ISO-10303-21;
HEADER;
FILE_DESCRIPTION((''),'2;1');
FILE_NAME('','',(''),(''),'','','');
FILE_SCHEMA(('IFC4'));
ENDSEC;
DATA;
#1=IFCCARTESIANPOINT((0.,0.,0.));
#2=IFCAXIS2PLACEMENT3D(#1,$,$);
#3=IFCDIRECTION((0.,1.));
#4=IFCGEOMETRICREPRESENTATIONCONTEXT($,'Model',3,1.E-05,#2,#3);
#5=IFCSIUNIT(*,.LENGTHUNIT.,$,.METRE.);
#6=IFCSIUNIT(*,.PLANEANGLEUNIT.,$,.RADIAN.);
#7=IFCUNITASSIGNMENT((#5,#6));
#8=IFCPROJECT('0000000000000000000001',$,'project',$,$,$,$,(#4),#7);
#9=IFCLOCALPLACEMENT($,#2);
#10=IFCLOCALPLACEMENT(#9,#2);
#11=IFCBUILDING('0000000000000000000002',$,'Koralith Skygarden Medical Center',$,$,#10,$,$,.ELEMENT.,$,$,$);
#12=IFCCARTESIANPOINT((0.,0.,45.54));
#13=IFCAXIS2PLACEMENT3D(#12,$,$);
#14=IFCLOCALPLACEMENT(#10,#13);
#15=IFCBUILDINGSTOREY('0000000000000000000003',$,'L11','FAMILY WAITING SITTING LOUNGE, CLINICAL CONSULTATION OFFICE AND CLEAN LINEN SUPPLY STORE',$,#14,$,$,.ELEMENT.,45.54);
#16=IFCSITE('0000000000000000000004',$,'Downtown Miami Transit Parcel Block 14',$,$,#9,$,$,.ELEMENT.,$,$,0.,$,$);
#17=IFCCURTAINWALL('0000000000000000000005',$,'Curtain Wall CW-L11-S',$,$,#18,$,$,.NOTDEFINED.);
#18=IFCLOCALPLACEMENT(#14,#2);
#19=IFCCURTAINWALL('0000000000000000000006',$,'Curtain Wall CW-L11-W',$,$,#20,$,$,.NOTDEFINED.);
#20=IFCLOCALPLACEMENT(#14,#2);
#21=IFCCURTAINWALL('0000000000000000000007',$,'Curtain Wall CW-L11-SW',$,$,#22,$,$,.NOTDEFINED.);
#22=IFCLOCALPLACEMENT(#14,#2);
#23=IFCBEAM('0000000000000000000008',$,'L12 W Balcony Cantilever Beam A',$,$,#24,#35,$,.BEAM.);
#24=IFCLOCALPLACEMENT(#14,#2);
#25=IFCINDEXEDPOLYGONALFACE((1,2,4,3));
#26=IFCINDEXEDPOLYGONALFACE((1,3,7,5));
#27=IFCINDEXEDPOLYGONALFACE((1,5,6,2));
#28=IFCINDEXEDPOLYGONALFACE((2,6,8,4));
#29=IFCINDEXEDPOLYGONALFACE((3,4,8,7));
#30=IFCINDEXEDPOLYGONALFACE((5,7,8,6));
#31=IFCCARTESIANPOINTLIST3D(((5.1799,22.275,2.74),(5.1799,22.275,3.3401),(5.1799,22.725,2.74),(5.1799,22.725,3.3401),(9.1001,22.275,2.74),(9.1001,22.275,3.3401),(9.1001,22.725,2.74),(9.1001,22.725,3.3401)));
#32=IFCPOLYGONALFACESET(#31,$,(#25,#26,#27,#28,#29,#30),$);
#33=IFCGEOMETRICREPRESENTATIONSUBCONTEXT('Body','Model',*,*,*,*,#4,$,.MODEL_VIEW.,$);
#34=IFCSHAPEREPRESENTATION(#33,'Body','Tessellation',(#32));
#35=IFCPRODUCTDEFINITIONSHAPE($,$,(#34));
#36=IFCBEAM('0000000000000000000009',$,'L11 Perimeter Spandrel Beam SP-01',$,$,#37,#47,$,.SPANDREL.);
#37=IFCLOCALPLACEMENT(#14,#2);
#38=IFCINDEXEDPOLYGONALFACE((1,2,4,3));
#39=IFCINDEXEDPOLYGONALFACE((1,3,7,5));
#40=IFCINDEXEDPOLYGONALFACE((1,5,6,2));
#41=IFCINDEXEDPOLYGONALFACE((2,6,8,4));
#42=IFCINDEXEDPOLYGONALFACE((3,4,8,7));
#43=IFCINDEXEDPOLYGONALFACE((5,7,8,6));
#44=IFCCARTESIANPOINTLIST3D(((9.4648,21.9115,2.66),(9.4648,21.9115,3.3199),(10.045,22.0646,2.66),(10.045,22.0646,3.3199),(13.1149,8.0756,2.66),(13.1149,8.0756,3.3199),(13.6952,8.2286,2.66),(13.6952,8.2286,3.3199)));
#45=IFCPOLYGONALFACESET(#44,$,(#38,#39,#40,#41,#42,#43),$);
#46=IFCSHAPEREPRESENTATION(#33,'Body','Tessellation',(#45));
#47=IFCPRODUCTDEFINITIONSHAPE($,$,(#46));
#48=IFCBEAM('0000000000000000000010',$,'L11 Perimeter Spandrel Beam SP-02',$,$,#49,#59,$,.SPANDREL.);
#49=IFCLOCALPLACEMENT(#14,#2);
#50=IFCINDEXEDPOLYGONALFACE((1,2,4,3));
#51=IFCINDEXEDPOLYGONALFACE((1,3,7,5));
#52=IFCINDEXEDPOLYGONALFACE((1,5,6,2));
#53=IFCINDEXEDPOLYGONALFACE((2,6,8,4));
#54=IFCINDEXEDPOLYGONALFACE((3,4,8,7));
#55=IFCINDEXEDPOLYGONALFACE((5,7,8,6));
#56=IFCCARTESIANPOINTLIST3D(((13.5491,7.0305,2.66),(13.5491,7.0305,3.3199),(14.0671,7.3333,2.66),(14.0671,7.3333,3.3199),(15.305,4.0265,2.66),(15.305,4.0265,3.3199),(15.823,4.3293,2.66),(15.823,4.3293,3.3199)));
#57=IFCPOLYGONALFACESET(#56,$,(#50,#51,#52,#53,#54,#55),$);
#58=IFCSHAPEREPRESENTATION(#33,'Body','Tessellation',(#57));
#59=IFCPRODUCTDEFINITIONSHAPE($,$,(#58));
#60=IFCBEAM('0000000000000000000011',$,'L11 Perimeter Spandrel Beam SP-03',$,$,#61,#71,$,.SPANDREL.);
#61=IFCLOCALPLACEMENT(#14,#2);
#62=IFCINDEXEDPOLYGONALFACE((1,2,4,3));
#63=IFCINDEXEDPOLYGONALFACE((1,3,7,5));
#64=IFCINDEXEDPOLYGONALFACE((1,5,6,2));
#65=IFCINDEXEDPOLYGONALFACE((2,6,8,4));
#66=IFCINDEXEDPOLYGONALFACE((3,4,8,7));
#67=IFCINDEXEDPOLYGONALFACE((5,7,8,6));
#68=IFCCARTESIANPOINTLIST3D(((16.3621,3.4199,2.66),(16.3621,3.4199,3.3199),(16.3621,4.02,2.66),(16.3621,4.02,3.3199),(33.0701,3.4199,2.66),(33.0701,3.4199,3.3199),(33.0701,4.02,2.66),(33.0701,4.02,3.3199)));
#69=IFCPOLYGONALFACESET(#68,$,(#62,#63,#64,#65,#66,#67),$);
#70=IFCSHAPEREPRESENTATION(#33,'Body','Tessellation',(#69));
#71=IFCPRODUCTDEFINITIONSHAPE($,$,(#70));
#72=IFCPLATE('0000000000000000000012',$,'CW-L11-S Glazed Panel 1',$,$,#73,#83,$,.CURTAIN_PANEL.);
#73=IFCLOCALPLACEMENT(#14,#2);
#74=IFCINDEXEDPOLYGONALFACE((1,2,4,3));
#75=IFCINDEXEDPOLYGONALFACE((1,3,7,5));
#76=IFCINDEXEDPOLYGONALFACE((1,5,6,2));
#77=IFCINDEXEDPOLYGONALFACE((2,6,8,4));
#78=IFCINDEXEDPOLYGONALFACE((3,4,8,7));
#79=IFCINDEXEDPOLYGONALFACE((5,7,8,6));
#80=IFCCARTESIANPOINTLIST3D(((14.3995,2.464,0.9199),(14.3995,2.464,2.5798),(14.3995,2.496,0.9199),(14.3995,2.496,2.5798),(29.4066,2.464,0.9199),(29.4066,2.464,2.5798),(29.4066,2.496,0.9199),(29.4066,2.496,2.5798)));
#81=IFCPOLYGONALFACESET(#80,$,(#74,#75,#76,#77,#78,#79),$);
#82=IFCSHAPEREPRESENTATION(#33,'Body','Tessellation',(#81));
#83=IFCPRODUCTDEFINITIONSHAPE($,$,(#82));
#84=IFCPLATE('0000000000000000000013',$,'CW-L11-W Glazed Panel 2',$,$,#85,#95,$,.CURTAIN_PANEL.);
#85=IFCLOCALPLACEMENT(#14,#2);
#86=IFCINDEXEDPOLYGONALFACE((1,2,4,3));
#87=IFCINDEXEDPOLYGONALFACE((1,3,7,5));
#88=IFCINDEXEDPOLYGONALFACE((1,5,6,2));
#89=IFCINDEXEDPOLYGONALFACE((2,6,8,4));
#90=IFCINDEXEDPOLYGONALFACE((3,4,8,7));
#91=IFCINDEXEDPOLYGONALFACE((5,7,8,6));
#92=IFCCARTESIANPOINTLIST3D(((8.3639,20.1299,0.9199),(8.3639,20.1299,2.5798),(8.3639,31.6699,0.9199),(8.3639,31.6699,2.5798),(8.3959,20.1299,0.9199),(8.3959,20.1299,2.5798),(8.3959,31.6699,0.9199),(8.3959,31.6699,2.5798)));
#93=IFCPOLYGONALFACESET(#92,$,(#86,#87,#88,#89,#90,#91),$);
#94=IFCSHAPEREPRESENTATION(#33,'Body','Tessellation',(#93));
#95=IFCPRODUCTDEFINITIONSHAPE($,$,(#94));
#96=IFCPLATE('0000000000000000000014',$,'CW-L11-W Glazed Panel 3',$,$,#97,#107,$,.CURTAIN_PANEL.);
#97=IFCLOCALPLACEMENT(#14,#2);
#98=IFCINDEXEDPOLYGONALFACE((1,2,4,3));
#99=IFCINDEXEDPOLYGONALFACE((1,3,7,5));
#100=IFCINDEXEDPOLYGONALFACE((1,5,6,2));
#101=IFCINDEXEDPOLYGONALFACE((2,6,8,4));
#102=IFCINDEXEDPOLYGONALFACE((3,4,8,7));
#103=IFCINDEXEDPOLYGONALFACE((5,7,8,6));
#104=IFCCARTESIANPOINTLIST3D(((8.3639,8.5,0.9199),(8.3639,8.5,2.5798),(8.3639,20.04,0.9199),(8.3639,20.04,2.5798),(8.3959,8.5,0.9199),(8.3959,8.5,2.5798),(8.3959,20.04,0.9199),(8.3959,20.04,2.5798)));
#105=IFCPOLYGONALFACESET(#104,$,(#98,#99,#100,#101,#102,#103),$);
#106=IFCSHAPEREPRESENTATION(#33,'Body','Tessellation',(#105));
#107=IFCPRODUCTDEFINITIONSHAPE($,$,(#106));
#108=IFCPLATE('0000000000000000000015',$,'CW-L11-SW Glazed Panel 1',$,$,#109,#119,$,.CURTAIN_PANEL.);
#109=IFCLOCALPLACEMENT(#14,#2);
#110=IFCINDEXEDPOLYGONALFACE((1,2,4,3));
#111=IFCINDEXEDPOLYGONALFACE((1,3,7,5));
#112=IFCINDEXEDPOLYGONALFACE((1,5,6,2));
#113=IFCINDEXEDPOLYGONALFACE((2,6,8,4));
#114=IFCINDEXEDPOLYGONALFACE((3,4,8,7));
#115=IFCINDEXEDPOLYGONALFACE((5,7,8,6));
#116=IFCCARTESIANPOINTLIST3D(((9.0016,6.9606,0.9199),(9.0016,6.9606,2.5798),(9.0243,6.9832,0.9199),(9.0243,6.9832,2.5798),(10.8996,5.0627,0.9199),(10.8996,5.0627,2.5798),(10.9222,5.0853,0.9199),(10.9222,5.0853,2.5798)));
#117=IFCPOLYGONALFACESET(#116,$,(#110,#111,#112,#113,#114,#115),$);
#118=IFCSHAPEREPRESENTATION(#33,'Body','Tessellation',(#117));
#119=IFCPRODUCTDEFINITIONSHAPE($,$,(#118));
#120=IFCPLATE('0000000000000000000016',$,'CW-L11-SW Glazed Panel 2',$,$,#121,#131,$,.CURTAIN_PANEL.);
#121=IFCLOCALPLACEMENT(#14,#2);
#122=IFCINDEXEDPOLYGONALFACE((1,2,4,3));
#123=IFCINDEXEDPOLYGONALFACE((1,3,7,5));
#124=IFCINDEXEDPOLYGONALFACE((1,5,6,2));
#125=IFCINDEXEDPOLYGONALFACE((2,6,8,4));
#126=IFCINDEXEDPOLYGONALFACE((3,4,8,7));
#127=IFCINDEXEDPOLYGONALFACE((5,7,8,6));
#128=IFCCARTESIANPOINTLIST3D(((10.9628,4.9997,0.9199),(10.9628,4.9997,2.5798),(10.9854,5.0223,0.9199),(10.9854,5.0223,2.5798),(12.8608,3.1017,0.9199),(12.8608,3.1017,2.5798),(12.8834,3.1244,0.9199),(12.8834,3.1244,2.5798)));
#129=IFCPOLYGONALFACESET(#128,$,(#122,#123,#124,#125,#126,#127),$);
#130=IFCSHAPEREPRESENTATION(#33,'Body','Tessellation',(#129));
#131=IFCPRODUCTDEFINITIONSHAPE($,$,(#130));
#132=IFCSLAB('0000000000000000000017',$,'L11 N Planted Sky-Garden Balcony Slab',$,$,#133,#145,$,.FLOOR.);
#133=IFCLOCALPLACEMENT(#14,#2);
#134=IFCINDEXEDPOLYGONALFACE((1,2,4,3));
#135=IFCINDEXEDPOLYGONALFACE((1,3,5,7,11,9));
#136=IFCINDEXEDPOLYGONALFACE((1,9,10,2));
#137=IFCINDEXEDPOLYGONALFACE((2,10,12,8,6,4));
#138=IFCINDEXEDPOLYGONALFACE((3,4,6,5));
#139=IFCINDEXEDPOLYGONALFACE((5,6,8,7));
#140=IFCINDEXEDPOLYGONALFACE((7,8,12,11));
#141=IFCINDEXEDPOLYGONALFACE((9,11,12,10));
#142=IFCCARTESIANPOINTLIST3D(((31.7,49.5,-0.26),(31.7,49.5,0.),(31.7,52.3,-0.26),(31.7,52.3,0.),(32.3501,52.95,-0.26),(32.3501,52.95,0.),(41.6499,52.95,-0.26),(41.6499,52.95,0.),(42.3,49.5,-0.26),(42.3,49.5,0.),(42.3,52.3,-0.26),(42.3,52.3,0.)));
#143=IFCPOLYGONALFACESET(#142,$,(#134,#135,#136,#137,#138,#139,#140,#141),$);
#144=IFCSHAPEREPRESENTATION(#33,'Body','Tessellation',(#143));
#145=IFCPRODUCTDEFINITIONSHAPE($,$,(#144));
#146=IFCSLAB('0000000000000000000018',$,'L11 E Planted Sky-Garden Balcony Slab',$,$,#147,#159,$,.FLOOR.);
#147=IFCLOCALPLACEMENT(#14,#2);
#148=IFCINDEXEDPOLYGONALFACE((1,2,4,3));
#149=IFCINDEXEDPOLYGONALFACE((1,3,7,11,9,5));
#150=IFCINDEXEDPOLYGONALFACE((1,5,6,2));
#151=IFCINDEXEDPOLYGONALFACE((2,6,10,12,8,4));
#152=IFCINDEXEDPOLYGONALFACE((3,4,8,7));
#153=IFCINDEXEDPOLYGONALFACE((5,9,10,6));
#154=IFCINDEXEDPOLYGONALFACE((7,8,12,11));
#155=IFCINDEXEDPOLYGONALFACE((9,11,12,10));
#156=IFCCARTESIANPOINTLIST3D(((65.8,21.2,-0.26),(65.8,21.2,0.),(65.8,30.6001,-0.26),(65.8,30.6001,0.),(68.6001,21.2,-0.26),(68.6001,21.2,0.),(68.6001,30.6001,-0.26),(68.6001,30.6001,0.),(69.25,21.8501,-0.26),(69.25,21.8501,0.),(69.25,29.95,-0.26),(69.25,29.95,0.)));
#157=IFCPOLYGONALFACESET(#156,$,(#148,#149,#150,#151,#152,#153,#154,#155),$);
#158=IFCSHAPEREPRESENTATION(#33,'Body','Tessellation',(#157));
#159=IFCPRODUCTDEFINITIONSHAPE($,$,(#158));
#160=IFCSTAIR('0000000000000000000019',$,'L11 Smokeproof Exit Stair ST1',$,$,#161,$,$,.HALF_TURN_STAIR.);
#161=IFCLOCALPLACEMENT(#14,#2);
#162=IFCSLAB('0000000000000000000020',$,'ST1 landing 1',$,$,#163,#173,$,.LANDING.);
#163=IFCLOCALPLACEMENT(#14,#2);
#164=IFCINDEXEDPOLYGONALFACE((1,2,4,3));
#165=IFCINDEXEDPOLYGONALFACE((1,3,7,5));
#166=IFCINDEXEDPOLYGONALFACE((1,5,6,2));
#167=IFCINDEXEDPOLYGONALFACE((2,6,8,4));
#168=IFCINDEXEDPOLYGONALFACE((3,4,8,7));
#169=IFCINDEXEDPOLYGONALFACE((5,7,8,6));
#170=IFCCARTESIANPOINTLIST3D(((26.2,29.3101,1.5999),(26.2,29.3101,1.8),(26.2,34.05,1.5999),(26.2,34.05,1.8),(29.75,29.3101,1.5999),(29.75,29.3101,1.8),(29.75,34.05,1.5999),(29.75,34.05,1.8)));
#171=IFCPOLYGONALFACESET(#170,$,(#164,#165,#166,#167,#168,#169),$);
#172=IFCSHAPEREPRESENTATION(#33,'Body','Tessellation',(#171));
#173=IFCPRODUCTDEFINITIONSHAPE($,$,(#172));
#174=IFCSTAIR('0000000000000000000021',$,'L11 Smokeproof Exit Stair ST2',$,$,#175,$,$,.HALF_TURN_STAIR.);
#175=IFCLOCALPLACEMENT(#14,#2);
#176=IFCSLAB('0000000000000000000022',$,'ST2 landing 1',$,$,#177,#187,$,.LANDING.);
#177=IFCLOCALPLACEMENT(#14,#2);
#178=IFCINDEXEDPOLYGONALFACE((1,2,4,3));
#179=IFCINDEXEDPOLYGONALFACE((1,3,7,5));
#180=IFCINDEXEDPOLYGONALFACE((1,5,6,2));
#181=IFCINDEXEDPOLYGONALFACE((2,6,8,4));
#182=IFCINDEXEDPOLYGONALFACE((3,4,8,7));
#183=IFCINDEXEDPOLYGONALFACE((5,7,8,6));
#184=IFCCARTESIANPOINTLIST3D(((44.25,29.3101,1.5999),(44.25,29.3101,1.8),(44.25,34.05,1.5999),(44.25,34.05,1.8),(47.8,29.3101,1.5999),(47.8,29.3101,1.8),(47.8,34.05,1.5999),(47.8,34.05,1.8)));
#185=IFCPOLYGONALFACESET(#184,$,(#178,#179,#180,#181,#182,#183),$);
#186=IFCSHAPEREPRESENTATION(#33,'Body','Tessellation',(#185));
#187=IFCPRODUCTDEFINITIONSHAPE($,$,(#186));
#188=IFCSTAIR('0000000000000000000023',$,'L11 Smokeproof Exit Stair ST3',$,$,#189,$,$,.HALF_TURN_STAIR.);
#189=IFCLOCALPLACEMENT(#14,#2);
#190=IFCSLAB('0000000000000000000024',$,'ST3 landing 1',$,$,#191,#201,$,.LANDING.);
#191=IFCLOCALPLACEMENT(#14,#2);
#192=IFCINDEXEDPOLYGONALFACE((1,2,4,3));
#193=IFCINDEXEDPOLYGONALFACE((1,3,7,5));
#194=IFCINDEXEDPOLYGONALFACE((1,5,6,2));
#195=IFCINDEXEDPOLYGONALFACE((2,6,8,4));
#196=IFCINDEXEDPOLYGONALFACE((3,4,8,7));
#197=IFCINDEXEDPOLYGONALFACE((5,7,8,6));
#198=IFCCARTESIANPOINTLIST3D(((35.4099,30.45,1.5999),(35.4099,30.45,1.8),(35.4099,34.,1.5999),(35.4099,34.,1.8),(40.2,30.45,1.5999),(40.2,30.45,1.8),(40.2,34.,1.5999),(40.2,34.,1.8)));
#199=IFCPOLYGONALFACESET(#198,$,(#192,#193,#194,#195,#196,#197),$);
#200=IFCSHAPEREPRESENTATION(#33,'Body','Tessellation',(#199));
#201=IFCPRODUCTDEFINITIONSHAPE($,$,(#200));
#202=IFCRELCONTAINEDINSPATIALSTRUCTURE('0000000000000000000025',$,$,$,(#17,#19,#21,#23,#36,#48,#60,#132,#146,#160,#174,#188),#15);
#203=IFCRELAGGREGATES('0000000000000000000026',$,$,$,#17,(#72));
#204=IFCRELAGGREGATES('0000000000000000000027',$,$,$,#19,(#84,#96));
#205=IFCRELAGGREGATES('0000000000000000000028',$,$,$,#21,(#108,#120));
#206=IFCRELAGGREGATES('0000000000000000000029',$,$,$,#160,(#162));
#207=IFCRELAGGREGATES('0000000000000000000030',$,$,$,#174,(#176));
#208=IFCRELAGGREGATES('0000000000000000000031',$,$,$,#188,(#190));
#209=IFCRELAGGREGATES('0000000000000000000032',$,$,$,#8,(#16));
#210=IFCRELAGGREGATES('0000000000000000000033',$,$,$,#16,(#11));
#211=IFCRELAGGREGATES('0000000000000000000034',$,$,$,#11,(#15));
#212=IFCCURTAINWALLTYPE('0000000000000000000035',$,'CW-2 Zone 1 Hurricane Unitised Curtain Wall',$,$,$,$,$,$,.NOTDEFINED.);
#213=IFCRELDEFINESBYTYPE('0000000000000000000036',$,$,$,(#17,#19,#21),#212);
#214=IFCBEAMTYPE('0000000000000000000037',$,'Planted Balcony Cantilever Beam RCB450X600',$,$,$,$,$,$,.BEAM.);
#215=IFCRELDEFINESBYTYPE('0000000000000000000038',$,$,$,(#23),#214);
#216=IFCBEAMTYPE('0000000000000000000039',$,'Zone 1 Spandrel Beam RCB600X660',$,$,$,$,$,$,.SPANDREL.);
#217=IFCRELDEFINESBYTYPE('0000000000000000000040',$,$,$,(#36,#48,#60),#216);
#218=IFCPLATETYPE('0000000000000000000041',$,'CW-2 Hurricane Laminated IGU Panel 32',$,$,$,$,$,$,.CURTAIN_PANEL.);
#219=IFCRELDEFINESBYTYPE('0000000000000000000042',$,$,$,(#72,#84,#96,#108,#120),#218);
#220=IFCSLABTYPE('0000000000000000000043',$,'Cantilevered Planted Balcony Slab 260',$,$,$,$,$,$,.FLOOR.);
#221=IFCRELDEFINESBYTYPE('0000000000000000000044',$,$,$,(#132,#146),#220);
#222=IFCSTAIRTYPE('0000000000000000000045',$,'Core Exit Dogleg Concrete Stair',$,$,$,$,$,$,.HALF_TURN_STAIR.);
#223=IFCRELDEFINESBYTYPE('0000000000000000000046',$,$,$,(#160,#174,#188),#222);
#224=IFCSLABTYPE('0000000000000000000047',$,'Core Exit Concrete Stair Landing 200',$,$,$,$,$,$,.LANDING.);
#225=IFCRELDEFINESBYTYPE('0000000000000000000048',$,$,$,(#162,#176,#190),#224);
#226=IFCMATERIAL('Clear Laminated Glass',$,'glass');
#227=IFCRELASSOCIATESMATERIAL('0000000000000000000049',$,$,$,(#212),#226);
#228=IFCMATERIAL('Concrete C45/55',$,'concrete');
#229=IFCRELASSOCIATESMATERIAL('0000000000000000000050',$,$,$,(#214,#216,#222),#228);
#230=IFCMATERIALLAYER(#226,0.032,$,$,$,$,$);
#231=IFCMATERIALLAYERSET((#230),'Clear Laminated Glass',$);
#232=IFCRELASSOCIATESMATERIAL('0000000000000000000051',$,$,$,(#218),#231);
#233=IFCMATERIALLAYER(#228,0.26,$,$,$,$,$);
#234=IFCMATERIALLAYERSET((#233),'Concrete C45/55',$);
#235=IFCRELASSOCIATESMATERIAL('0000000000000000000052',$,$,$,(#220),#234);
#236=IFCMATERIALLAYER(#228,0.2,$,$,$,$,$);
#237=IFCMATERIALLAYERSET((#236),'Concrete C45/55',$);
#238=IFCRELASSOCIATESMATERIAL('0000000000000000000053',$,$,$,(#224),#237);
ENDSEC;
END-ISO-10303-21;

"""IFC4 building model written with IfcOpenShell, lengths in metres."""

from ifc_helpers import new_model, si_unit, direction, frame, origin, origin_2d, place, context, subcontext, project, spatial, polyline, rectangle, outline, extrude, material, layer, layer_set, material_profile, profile_set, type_object, element, aggregate, save


model = new_model("IFC4")

# Units and contexts
model_context = context("Model", 3, precision=1e-05, world=origin(), true_north=direction((0.0, 1.0)))
body_context = subcontext(model_context, "Body", "Model", "MODEL_VIEW")
ifc_project = project(units=[si_unit("LENGTHUNIT", "METRE"), si_unit("PLANEANGLEUNIT", "RADIAN")], contexts=[model_context])

# Site, building, storey
site_placement = place(None, origin())
site = spatial("IfcSite", under=ifc_project, at=site_placement, Name="Downtown Miami Transit Parcel Block 14", CompositionType="ELEMENT", RefElevation=0.0)
building_placement = place(site_placement, origin())
building = spatial("IfcBuilding", under=site, at=building_placement, Name="Koralith Skygarden Medical Center", CompositionType="ELEMENT")
storey_placement = place(building_placement, frame((0.0, 0.0, 45.54)))
storey = spatial("IfcBuildingStorey", under=building, at=storey_placement, Name="L11", Description="FAMILY WAITING SITTING LOUNGE, CLINICAL CONSULTATION OFFICE AND CLEAN LINEN SUPPLY STORE", CompositionType="ELEMENT", Elevation=45.54)

# Curtain wall
ifc_material_1 = material(Name="Clear Laminated Glass", Category="glass")
curtain_wall_type = type_object("IfcCurtainWallType", Name="CW-2 Zone 1 Hurricane Unitised Curtain Wall", PredefinedType="NOTDEFINED", material=ifc_material_1)
curtain_wall_1_placement = place(storey_placement, origin())
curtain_wall_1 = element("IfcCurtainWall", 1, at=curtain_wall_1_placement, inside=storey, type_object=curtain_wall_type, Name="Curtain Wall CW-L11-S", PredefinedType="NOTDEFINED")

# Curtain walls
curtain_wall_2_placement = place(storey_placement, origin())
curtain_wall_2 = element("IfcCurtainWall", 2, at=curtain_wall_2_placement, inside=storey, type_object=curtain_wall_type, Name="Curtain Wall CW-L11-W", PredefinedType="NOTDEFINED")
curtain_wall_3_placement = place(storey_placement, origin())
curtain_wall_3 = element("IfcCurtainWall", 3, at=curtain_wall_3_placement, inside=storey, type_object=curtain_wall_type, Name="Curtain Wall CW-L11-SW", PredefinedType="NOTDEFINED")

# Beams
ifc_material_2 = material(Name="Concrete C45/55", Category="concrete")
ifc_material_profile_1 = material_profile(ifc_material_2, rectangle(XDim=0.45, YDim=0.6001, at=origin_2d()), Name="RCB450X600")
ifc_profile_set_1 = profile_set([ifc_material_profile_1], Name="Concrete C45/55")
beam_type_1 = type_object("IfcBeamType", Name="Planted Balcony Cantilever Beam RCB450X600", PredefinedType="BEAM", material=ifc_profile_set_1)
beam_1_placement = place(storey_placement, frame((9.1001, 22.5, 3.04), z_axis=(-1.0, 0.0, 0.0), x_axis=(0.0, -1.0, 0.0)))
element("IfcBeam", 4, at=beam_1_placement, inside=storey, type_object=beam_type_1, Name="L12 W Balcony Cantilever Beam A", PredefinedType="BEAM", context=body_context, shape_type="SweptSolid", body=[
    extrude(rectangle(XDim=0.45, YDim=0.6001, at=origin_2d()), origin(), (0.0, 0.0, 1.0), 3.9202),
])
ifc_material_profile_2 = material_profile(ifc_material_2, rectangle(XDim=0.6001, YDim=0.6599, at=origin_2d()), Name="RCB600X660")
ifc_profile_set_2 = profile_set([ifc_material_profile_2], Name="Concrete C45/55")
beam_type_2 = type_object("IfcBeamType", Name="Zone 1 Spandrel Beam RCB600X660", PredefinedType="SPANDREL", material=ifc_profile_set_2)
beam_2_placement = place(storey_placement, frame((9.7549, 21.988, 2.99), z_axis=(0.255089, -0.966918, 0.0), x_axis=(0.966918, 0.255089, 0.0)))
element("IfcBeam", 5, at=beam_2_placement, inside=storey, type_object=beam_type_2, Name="L11 Perimeter Spandrel Beam SP-01", PredefinedType="SPANDREL", context=body_context, shape_type="SweptSolid", body=[
    extrude(rectangle(XDim=0.6001, YDim=0.6599, at=origin_2d()), origin(), (0.0, 0.0, 1.0), 14.3093),
])
beam_3_placement = place(storey_placement, frame((13.8081, 7.1819, 2.99), z_axis=(0.504639, -0.863331, 0.0), x_axis=(0.863331, 0.504639, 0.0)))
element("IfcBeam", 6, at=beam_3_placement, inside=storey, type_object=beam_type_2, Name="L11 Perimeter Spandrel Beam SP-02", PredefinedType="SPANDREL", context=body_context, shape_type="SweptSolid", body=[
    extrude(rectangle(XDim=0.6001, YDim=0.6599, at=origin_2d()), origin(), (0.0, 0.0, 1.0), 3.4795),
])
beam_4_placement = place(storey_placement, frame((16.3621, 3.72, 2.99), z_axis=(1.0, 0.0, 0.0), x_axis=(0.0, 1.0, 0.0)))
element("IfcBeam", 7, at=beam_4_placement, inside=storey, type_object=beam_type_2, Name="L11 Perimeter Spandrel Beam SP-03", PredefinedType="SPANDREL", context=body_context, shape_type="SweptSolid", body=[
    extrude(rectangle(XDim=0.6001, YDim=0.6599, at=origin_2d()), origin(), (0.0, 0.0, 1.0), 16.708),
])

# Plates
ifc_layer_1 = layer(ifc_material_1, 0.032)
ifc_layer_set_1 = layer_set([ifc_layer_1], Name="Clear Laminated Glass")
plate_type_1 = type_object("IfcPlateType", Name="CW-2 Hurricane Laminated IGU Panel 32", PredefinedType="CURTAIN_PANEL", material=ifc_layer_set_1)
plate_1_placement = place(storey_placement, frame((21.9031, 2.48, 0.9199), z_axis=(0.0, 0.0, 1.0), x_axis=(1.0, 0.0, 0.0)))
plate_1 = element("IfcPlate", 8, at=plate_1_placement, type_object=plate_type_1, Name="CW-L11-S Glazed Panel 1", PredefinedType="CURTAIN_PANEL", context=body_context, shape_type="SweptSolid", body=[
    extrude(rectangle(XDim=15.0071, YDim=0.032, at=origin_2d()), origin(), (0.0, 0.0, 1.0), 1.6599),
])
aggregate(curtain_wall_1, [plate_1])
plate_2_placement = place(storey_placement, frame((8.3799, 25.8999, 0.9199), z_axis=(0.0, 0.0, 1.0), x_axis=(0.0, -1.0, 0.0)))
plate_2 = element("IfcPlate", 9, at=plate_2_placement, type_object=plate_type_1, Name="CW-L11-W Glazed Panel 2", PredefinedType="CURTAIN_PANEL", context=body_context, shape_type="SweptSolid", body=[
    extrude(rectangle(XDim=11.54, YDim=0.032, at=origin_2d()), origin(), (0.0, 0.0, 1.0), 1.6599),
])
plate_3_placement = place(storey_placement, frame((8.3799, 14.27, 0.9199), z_axis=(0.0, 0.0, 1.0), x_axis=(0.0, -1.0, 0.0)))
plate_3 = element("IfcPlate", 10, at=plate_3_placement, type_object=plate_type_1, Name="CW-L11-W Glazed Panel 3", PredefinedType="CURTAIN_PANEL", context=body_context, shape_type="SweptSolid", body=[
    extrude(rectangle(XDim=11.54, YDim=0.032, at=origin_2d()), origin(), (0.0, 0.0, 1.0), 1.6599),
])
aggregate(curtain_wall_2, [plate_2, plate_3])
plate_4_placement = place(storey_placement, frame((9.9619, 6.0229, 0.9199), z_axis=(0.0, 0.0, 1.0), x_axis=(0.707107, -0.707107, 0.0)))
plate_4 = element("IfcPlate", 11, at=plate_4_placement, type_object=plate_type_1, Name="CW-L11-SW Glazed Panel 1", PredefinedType="CURTAIN_PANEL", context=body_context, shape_type="SweptSolid", body=[
    extrude(rectangle(XDim=2.6841, YDim=0.032, at=origin_2d()), origin(), (0.0, 0.0, 1.0), 1.6599),
])
plate_5_placement = place(storey_placement, frame((11.9231, 4.062, 0.9199), z_axis=(0.0, 0.0, 1.0), x_axis=(0.707107, -0.707107, 0.0)))
plate_5 = element("IfcPlate", 12, at=plate_5_placement, type_object=plate_type_1, Name="CW-L11-SW Glazed Panel 2", PredefinedType="CURTAIN_PANEL", context=body_context, shape_type="SweptSolid", body=[
    extrude(rectangle(XDim=2.6841, YDim=0.032, at=origin_2d()), origin(), (0.0, 0.0, 1.0), 1.6599),
])
aggregate(curtain_wall_3, [plate_4, plate_5])

# Slabs
ifc_layer_2 = layer(ifc_material_2, 0.26)
ifc_layer_set_2 = layer_set([ifc_layer_2], Name="Concrete C45/55")
slab_type_1 = type_object("IfcSlabType", Name="Cantilevered Planted Balcony Slab 260", PredefinedType="FLOOR", material=ifc_layer_set_2)
slab_1_placement = place(storey_placement, frame((0.0, 0.0, -0.26)))
element("IfcSlab", 13, at=slab_1_placement, inside=storey, type_object=slab_type_1, Name="L11 N Planted Sky-Garden Balcony Slab", PredefinedType="FLOOR", context=body_context, shape_type="SweptSolid", body=[
    extrude(outline(polyline([(31.7, 49.5), (42.3, 49.5), (42.3, 52.3), (41.6499, 52.95), (32.3501, 52.95), (31.7, 52.3), (31.7, 49.5)])), origin(), (0.0, 0.0, 1.0), 0.26),
])
slab_2_placement = place(storey_placement, frame((0.0, 0.0, -0.26)))
element("IfcSlab", 14, at=slab_2_placement, inside=storey, type_object=slab_type_1, Name="L11 E Planted Sky-Garden Balcony Slab", PredefinedType="FLOOR", context=body_context, shape_type="SweptSolid", body=[
    extrude(outline(polyline([(65.8, 21.2), (68.6001, 21.2), (69.25, 21.8501), (69.25, 29.95), (68.6001, 30.6001), (65.8, 30.6001), (65.8, 21.2)])), origin(), (0.0, 0.0, 1.0), 0.26),
])

# Stairs, slabs
stair_type = type_object("IfcStairType", Name="Core Exit Dogleg Concrete Stair", PredefinedType="HALF_TURN_STAIR", material=ifc_material_2)
stair_1_placement = place(storey_placement, origin())
stair_1 = element("IfcStair", 15, at=stair_1_placement, inside=storey, type_object=stair_type, Name="L11 Smokeproof Exit Stair ST1", PredefinedType="HALF_TURN_STAIR")
ifc_layer_3 = layer(ifc_material_2, 0.2)
ifc_layer_set_3 = layer_set([ifc_layer_3], Name="Concrete C45/55")
slab_type_2 = type_object("IfcSlabType", Name="Core Exit Concrete Stair Landing 200", PredefinedType="LANDING", material=ifc_layer_set_3)
slab_3_placement = place(storey_placement, frame((0.0, 0.0, 1.5999)))
slab_3 = element("IfcSlab", 16, at=slab_3_placement, type_object=slab_type_2, Name="ST1 landing 1", PredefinedType="LANDING", context=body_context, shape_type="SweptSolid", body=[
    extrude(outline(polyline([(29.75, 29.3101), (29.75, 34.05), (26.2, 34.05), (26.2, 29.3101), (29.75, 29.3101)])), origin(), (0.0, 0.0, 1.0), 0.2002),
])
aggregate(stair_1, [slab_3])
stair_2_placement = place(storey_placement, origin())
stair_2 = element("IfcStair", 17, at=stair_2_placement, inside=storey, type_object=stair_type, Name="L11 Smokeproof Exit Stair ST2", PredefinedType="HALF_TURN_STAIR")
slab_4_placement = place(storey_placement, frame((0.0, 0.0, 1.5999)))
slab_4 = element("IfcSlab", 18, at=slab_4_placement, type_object=slab_type_2, Name="ST2 landing 1", PredefinedType="LANDING", context=body_context, shape_type="SweptSolid", body=[
    extrude(outline(polyline([(47.8, 29.3101), (47.8, 34.05), (44.25, 34.05), (44.25, 29.3101), (47.8, 29.3101)])), origin(), (0.0, 0.0, 1.0), 0.2002),
])
aggregate(stair_2, [slab_4])
stair_3_placement = place(storey_placement, origin())
stair_3 = element("IfcStair", 19, at=stair_3_placement, inside=storey, type_object=stair_type, Name="L11 Smokeproof Exit Stair ST3", PredefinedType="HALF_TURN_STAIR")
slab_5_placement = place(storey_placement, frame((0.0, 0.0, 1.5999)))
slab_5 = element("IfcSlab", 20, at=slab_5_placement, type_object=slab_type_2, Name="ST3 landing 1", PredefinedType="LANDING", context=body_context, shape_type="SweptSolid", body=[
    extrude(outline(polyline([(35.4099, 30.45), (40.2, 30.45), (40.2, 34.0), (35.4099, 34.0), (35.4099, 30.45)])), origin(), (0.0, 0.0, 1.0), 0.2002),
])
aggregate(stair_3, [slab_5])

save(model, "model.ifc")
